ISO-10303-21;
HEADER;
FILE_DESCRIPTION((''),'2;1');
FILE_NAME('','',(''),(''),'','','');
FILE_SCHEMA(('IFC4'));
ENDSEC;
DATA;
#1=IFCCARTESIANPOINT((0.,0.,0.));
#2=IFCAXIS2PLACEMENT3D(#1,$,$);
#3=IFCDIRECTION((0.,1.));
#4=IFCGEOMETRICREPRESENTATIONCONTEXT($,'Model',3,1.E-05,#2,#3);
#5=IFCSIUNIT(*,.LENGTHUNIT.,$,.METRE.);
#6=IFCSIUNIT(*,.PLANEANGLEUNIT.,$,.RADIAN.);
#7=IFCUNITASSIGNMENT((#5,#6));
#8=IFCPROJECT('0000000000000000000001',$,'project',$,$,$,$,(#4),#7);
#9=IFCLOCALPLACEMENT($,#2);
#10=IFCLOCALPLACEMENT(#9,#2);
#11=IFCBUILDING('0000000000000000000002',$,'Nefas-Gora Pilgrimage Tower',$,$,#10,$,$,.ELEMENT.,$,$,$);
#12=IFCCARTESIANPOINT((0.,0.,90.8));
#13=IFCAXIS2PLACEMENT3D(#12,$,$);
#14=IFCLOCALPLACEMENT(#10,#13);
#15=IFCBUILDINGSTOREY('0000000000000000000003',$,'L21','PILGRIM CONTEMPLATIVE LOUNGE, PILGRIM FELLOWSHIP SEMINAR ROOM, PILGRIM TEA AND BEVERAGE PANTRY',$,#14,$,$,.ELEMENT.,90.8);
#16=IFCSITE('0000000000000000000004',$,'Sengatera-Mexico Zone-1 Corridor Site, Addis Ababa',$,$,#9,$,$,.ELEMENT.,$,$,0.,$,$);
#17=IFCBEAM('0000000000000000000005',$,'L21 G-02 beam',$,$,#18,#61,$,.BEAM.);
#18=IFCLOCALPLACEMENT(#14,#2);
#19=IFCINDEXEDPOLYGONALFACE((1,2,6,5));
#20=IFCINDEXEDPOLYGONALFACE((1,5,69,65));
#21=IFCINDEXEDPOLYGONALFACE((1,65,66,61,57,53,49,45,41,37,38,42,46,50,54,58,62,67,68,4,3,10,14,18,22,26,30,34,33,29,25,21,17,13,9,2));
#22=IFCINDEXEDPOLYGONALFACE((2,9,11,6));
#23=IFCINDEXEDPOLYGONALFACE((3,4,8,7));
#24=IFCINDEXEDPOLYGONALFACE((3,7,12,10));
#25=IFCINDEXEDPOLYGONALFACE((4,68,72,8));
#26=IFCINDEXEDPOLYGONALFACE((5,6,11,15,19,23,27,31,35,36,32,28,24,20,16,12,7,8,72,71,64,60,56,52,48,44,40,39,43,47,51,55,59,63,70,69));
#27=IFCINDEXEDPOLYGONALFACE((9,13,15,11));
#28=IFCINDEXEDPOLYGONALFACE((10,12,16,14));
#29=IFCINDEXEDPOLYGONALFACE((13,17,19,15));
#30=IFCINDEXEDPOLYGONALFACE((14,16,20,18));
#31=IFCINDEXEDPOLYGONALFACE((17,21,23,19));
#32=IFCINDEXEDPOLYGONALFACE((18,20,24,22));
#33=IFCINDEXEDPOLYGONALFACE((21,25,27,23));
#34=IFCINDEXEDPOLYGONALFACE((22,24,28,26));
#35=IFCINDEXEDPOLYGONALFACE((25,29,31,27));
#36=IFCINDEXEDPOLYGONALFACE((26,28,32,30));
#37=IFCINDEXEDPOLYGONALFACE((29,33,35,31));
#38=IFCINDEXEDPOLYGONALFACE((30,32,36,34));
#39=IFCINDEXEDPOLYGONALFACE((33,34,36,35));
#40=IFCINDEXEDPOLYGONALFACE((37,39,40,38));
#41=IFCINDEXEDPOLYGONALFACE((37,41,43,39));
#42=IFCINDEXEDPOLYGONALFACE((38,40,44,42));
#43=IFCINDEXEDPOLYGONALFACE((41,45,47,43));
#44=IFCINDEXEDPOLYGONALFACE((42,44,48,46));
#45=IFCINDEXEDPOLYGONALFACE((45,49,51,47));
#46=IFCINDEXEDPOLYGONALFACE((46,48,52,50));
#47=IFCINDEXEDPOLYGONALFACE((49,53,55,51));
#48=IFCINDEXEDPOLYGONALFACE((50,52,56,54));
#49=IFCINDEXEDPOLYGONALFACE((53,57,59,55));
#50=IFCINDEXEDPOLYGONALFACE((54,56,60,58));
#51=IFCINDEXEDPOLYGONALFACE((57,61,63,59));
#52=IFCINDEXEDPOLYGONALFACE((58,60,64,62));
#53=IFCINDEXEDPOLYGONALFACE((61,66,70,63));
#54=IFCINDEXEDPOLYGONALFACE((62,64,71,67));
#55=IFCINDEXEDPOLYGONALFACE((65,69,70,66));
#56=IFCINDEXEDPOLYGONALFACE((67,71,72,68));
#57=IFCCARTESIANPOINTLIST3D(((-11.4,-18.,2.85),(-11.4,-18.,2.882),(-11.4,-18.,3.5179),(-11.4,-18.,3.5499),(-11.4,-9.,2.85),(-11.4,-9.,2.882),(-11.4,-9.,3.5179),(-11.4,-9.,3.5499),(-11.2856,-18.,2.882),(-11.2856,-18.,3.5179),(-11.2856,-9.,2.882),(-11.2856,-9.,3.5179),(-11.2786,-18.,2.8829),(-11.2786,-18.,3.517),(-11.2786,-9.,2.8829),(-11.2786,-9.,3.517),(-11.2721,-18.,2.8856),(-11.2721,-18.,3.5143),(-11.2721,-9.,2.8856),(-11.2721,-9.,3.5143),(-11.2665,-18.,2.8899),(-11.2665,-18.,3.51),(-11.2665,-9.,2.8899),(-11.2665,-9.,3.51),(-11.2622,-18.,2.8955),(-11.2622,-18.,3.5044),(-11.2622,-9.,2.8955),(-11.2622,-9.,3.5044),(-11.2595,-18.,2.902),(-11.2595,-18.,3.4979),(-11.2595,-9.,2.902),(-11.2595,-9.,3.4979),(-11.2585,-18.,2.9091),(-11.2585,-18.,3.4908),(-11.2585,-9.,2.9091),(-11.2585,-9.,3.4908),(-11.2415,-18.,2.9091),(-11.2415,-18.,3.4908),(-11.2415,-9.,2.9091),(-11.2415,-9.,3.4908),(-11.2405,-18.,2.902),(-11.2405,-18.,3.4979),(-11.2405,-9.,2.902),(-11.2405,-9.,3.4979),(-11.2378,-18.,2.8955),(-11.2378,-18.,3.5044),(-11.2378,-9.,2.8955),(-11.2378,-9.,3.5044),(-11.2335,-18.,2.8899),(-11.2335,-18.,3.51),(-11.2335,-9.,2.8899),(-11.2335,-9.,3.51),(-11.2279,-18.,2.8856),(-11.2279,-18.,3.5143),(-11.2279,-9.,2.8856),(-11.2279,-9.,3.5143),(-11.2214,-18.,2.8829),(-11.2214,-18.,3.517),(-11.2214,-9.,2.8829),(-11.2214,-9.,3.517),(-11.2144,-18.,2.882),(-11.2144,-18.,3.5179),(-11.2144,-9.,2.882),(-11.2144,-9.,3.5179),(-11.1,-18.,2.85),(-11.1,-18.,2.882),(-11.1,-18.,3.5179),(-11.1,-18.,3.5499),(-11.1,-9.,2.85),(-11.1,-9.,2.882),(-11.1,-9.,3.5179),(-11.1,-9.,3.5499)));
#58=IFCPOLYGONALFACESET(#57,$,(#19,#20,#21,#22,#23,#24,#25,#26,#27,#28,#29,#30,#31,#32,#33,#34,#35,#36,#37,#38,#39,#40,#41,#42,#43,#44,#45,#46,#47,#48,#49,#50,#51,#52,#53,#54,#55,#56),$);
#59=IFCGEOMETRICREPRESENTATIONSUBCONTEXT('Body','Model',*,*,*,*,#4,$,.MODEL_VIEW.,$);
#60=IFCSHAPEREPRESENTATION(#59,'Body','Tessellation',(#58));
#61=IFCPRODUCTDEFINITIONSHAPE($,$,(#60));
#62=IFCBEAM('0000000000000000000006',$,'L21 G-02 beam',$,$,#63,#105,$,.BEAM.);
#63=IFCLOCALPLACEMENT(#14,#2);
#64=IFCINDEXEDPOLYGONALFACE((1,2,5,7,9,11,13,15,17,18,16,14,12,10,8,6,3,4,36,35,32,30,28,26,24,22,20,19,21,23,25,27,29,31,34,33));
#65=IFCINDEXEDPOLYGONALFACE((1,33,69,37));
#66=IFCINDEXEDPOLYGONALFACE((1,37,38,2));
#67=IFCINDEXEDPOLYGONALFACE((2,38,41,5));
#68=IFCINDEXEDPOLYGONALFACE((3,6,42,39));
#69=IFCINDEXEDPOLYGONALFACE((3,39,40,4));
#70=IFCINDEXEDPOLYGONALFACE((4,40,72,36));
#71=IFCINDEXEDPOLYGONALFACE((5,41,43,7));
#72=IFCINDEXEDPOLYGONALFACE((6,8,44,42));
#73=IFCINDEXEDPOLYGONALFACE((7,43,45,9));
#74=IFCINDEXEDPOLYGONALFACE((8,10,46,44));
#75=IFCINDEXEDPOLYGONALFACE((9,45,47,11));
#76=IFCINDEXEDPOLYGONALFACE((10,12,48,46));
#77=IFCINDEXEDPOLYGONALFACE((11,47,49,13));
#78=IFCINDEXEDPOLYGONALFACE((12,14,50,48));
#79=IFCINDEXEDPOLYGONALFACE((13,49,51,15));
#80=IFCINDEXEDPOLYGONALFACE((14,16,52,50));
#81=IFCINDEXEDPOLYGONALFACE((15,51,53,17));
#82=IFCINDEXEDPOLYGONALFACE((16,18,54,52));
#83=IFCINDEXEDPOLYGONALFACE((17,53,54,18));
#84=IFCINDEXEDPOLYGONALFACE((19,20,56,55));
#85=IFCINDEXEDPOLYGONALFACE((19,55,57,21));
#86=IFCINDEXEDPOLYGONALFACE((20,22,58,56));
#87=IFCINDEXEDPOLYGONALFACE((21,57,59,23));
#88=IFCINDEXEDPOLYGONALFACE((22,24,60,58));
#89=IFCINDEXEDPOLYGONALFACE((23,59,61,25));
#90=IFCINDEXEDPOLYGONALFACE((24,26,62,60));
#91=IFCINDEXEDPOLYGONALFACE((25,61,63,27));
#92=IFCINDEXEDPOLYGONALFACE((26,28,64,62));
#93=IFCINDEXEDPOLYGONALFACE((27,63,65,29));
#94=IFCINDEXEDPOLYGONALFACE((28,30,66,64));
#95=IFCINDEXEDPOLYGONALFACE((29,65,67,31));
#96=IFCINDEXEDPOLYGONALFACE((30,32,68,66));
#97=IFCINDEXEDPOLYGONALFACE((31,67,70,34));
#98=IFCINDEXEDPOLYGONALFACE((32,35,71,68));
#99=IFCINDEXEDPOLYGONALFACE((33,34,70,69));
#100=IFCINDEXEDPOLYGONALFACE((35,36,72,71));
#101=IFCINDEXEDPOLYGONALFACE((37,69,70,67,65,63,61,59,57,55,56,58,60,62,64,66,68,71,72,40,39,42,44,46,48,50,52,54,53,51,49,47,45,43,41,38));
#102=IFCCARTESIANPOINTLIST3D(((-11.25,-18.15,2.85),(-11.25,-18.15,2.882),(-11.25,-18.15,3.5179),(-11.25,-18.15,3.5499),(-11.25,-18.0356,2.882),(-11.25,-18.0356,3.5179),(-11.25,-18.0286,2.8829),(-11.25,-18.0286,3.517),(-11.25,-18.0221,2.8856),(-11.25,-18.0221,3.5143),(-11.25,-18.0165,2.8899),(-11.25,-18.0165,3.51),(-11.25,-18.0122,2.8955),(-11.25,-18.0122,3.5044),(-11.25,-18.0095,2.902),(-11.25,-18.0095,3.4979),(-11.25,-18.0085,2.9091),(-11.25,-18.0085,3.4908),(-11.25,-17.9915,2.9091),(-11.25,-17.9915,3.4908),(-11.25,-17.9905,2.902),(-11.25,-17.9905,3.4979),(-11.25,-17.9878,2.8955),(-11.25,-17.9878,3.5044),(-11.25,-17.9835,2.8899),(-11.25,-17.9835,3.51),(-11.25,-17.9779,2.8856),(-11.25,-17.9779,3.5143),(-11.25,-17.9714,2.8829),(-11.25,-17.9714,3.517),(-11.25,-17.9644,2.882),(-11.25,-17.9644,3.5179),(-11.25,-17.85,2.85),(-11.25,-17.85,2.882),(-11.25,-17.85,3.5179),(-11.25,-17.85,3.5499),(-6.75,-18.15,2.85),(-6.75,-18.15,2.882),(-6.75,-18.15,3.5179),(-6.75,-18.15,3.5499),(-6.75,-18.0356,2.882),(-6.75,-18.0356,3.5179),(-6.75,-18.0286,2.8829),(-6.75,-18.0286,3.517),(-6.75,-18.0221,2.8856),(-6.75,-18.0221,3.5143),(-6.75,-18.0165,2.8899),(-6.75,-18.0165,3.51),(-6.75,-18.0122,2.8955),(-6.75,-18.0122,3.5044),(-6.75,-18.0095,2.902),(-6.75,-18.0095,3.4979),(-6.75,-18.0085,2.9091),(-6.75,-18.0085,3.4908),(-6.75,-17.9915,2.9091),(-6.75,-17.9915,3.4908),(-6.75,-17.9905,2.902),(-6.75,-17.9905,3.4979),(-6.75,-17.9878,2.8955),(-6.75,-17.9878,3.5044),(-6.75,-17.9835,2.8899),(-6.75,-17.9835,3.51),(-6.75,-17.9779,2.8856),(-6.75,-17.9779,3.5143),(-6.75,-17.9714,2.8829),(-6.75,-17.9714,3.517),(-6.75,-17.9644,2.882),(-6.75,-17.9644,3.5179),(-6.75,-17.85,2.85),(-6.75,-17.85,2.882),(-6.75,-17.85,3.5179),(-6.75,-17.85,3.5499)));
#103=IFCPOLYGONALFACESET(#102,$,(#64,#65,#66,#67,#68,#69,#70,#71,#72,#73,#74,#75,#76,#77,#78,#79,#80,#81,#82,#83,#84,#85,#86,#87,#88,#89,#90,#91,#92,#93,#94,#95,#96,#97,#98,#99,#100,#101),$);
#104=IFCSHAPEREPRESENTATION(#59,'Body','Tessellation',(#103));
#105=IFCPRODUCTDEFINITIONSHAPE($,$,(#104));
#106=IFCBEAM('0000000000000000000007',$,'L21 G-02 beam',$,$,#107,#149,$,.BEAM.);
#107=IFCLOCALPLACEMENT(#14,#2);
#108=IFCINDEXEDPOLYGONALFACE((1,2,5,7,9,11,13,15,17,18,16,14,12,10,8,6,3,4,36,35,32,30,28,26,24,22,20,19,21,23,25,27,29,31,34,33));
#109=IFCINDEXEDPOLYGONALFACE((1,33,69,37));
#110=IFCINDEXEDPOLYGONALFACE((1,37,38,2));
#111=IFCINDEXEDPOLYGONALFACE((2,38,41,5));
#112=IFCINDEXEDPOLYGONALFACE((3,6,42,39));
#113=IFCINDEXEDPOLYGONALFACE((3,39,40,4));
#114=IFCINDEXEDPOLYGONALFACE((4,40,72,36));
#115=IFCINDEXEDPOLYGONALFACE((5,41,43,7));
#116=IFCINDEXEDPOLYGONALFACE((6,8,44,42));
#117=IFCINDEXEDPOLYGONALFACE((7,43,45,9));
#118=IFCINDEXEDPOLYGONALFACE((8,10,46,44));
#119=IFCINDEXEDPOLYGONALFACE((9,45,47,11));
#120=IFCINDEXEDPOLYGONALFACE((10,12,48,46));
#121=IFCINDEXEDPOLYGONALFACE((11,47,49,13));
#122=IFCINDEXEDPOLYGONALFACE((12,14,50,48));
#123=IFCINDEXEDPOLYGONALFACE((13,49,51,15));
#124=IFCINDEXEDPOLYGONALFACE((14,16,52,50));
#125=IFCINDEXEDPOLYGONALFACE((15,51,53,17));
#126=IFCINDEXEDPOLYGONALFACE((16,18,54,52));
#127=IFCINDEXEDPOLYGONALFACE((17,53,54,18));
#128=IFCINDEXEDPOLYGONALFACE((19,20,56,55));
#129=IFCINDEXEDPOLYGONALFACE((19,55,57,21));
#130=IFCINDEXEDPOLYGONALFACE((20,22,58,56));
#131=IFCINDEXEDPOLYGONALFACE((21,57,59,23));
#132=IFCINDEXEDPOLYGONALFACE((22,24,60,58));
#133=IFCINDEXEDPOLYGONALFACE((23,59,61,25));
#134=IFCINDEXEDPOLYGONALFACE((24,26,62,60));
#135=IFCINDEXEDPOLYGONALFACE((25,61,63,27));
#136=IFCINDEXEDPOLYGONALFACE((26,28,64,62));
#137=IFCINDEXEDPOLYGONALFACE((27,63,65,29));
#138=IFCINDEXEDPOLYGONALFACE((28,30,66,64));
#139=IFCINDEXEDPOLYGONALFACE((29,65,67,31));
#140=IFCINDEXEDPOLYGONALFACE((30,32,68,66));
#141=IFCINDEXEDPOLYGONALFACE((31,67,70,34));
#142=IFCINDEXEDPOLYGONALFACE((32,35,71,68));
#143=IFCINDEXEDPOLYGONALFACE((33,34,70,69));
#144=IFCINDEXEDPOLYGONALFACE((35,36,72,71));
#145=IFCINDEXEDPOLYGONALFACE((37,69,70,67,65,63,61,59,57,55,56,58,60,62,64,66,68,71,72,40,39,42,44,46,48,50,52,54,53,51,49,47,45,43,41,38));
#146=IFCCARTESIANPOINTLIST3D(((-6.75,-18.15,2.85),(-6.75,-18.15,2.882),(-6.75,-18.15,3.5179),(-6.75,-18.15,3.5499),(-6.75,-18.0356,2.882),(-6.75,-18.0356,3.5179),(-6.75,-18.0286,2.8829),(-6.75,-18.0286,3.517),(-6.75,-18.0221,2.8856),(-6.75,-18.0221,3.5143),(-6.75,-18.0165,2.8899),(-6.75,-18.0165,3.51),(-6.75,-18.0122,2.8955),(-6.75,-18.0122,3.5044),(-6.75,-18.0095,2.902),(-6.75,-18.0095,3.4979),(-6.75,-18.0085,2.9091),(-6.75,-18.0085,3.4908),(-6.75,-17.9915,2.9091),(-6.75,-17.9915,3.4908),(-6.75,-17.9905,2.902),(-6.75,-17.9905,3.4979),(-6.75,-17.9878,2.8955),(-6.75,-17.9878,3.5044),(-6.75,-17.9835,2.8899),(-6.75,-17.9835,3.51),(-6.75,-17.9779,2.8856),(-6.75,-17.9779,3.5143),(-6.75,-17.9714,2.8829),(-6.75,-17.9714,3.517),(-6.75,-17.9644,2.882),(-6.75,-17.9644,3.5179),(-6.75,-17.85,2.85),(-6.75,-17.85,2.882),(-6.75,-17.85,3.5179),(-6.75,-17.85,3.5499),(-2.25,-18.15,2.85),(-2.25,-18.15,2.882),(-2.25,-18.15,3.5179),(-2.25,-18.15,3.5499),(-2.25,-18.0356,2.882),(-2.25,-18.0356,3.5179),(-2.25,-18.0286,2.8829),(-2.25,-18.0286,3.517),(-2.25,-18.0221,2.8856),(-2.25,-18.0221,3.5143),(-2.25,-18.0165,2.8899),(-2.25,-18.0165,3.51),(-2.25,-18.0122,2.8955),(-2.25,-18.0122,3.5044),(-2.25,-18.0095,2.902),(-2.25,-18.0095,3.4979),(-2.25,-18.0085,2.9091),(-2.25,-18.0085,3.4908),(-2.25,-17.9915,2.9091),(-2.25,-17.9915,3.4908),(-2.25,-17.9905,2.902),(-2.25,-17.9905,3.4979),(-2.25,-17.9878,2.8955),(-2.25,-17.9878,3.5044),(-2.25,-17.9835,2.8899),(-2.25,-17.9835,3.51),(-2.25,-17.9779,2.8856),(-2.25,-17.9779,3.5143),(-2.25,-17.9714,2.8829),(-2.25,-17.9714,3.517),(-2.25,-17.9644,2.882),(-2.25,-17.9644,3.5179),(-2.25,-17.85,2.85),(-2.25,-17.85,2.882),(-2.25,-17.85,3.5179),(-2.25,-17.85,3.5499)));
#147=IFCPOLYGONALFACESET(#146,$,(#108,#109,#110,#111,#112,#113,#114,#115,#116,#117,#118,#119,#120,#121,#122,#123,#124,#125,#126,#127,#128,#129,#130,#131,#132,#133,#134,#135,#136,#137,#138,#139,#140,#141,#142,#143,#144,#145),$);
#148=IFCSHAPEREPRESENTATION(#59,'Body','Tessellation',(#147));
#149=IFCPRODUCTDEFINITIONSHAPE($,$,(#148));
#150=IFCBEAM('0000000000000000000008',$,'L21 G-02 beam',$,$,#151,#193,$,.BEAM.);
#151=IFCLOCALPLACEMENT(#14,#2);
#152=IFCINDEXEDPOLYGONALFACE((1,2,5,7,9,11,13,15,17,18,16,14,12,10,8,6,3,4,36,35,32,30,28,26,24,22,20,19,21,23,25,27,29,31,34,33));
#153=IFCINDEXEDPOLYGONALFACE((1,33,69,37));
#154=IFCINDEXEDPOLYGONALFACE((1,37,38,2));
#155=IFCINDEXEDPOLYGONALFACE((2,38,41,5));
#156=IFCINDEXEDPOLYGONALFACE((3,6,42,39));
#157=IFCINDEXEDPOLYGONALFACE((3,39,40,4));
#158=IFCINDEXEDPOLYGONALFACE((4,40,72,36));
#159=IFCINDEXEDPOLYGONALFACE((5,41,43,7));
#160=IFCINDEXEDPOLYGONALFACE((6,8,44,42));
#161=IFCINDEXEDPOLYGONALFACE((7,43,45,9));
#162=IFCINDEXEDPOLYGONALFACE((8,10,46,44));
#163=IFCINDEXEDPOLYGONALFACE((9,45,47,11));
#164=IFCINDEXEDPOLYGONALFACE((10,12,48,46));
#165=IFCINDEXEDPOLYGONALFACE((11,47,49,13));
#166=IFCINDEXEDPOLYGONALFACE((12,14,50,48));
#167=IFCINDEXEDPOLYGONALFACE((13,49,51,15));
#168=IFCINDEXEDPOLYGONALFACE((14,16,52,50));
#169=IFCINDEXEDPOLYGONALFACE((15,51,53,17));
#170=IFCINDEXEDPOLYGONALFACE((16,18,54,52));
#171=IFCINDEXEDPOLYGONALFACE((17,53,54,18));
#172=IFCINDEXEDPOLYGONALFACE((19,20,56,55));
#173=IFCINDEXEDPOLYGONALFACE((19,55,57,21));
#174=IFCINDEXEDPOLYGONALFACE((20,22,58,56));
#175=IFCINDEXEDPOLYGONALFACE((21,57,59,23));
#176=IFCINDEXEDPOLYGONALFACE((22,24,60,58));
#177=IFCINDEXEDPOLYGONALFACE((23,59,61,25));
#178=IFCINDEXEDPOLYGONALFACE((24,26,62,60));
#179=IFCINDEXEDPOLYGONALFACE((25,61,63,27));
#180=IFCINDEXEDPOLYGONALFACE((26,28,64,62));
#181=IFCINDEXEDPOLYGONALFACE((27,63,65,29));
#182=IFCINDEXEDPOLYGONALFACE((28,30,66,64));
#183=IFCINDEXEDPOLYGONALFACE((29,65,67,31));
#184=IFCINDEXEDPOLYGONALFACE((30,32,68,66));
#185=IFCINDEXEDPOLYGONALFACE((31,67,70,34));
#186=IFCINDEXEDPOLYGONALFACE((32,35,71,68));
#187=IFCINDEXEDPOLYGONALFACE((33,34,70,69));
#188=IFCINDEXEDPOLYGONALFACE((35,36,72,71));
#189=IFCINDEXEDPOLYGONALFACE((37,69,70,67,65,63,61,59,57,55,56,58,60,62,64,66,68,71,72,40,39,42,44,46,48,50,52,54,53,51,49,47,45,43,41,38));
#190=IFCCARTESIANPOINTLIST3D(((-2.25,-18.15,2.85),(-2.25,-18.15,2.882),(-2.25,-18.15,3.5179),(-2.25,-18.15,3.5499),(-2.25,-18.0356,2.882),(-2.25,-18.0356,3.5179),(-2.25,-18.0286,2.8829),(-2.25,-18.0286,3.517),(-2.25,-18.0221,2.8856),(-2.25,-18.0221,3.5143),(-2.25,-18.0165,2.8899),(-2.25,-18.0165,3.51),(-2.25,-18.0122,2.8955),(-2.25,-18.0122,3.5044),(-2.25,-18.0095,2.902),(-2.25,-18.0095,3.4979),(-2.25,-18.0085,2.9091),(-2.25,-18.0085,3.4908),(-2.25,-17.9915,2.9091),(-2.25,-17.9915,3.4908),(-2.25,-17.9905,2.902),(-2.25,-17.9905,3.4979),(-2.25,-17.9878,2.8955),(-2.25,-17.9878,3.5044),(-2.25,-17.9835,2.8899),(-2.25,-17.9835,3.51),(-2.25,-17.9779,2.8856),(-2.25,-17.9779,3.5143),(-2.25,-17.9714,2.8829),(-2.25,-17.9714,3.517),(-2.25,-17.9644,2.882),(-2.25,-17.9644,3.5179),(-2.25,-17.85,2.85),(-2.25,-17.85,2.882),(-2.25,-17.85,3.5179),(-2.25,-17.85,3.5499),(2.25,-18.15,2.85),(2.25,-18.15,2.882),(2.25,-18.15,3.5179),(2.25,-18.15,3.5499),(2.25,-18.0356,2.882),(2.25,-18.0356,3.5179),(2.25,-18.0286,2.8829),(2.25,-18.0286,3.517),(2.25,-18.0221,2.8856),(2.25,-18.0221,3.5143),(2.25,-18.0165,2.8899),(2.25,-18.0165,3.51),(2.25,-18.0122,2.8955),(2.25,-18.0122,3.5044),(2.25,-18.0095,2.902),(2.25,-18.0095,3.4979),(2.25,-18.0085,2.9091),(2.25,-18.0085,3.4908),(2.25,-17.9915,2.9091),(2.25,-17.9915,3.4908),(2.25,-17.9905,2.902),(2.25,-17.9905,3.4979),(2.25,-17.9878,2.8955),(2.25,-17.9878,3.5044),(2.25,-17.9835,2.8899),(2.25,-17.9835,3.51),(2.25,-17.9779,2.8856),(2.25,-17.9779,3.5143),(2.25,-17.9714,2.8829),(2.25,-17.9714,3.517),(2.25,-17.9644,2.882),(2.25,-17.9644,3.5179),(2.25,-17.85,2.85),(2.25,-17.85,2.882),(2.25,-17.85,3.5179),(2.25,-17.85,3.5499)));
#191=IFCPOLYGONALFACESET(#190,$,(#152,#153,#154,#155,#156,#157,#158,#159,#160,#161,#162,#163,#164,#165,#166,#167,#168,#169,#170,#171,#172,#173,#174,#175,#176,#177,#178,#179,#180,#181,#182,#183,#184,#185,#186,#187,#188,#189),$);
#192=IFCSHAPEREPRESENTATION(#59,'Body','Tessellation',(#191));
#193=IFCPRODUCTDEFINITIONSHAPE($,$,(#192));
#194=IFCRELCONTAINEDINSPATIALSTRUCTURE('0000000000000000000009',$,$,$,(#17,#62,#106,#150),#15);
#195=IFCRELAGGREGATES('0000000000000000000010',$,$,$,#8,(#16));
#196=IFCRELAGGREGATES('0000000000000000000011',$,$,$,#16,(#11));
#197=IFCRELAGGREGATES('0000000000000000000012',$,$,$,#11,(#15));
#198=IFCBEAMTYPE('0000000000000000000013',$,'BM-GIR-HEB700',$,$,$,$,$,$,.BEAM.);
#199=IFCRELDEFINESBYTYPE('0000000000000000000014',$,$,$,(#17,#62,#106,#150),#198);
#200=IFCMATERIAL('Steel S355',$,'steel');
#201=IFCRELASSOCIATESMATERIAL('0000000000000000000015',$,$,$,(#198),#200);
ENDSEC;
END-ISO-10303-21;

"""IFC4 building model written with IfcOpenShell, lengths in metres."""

from ifc_helpers import new_model, si_unit, direction, frame, origin, origin_2d, place, context, subcontext, project, spatial, i_section, extrude, source, transform, mapped, material, material_profile, profile_set, type_object, element, save


model = new_model("IFC4")

# Units and contexts
model_context = context("Model", 3, precision=1e-05, world=origin(), true_north=direction((0.0, 1.0)))
body_context = subcontext(model_context, "Body", "Model", "MODEL_VIEW")
ifc_project = project(units=[si_unit("LENGTHUNIT", "METRE"), si_unit("PLANEANGLEUNIT", "RADIAN")], contexts=[model_context])

# Site, building, storey
site_placement = place(None, origin())
site = spatial("IfcSite", under=ifc_project, at=site_placement, Name="Sengatera-Mexico Zone-1 Corridor Site, Addis Ababa", CompositionType="ELEMENT", RefElevation=0.0)
building_placement = place(site_placement, origin())
building = spatial("IfcBuilding", under=site, at=building_placement, Name="Nefas-Gora Pilgrimage Tower", CompositionType="ELEMENT")
storey_placement = place(building_placement, frame((0.0, 0.0, 90.8)))
storey = spatial("IfcBuildingStorey", under=building, at=storey_placement, Name="L21", Description="PILGRIM CONTEMPLATIVE LOUNGE, PILGRIM FELLOWSHIP SEMINAR ROOM, PILGRIM TEA AND BEVERAGE PANTRY", CompositionType="ELEMENT", Elevation=90.8)

# Beams
ifc_material_1 = material(Name="Steel S355", Category="steel")
ifc_material_profile_1 = material_profile(ifc_material_1, i_section(OverallWidth=0.3, OverallDepth=0.7, WebThickness=0.0171, FlangeThickness=0.032, FilletRadius=0.0271, at=origin_2d()), Name="HEB 700")
ifc_profile_set_1 = profile_set([ifc_material_profile_1], Name="Steel S355")
beam_type = type_object("IfcBeamType", Name="BM-GIR-HEB700", PredefinedType="BEAM", material=ifc_profile_set_1)
shared_shape_1 = source(origin(), body_context, "Body", "SweptSolid", [
    extrude(i_section(OverallWidth=0.3, OverallDepth=0.7, WebThickness=0.0171, FlangeThickness=0.032, FilletRadius=0.0271, at=origin_2d()), origin(), (0.0, 0.0, 1.0), 9.0),
])
beam_placement = place(storey_placement, frame((-11.25, -18.0, 3.2), z_axis=(0.0, 1.0, 0.0), x_axis=(-1.0, 0.0, 0.0)))
element("IfcBeam", 1, at=beam_placement, inside=storey, type_object=beam_type, Name="L21 G-02 beam", PredefinedType="BEAM", context=body_context, shape_type="MappedRepresentation", body=[
    mapped(shared_shape_1, transform((0.0, 0.0, 0.0), x_axis=(1.0, 0.0, 0.0), y_axis=(0.0, 1.0, 0.0), z_axis=(0.0, 0.0, 1.0), scale=1.0)),
])
shared_shape_2 = source(origin(), body_context, "Body", "SweptSolid", [
    extrude(i_section(OverallWidth=0.3, OverallDepth=0.7, WebThickness=0.0171, FlangeThickness=0.032, FilletRadius=0.0271, at=origin_2d()), origin(), (0.0, 0.0, 1.0), 4.5),
])
for number, where, z_axis, x_axis, name in (
    (2, (-11.25, -18.0, 3.2), (1.0, 0.0, 0.0), (0.0, 1.0, 0.0), "L21 G-02 beam"),
    (3, (-6.75, -18.0, 3.2), (1.0, 0.0, 0.0), (0.0, 1.0, 0.0), "L21 G-02 beam"),
    (4, (-2.25, -18.0, 3.2), (1.0, 0.0, 0.0), (0.0, 1.0, 0.0), "L21 G-02 beam"),
):
    element("IfcBeam", number, at=place(storey_placement, frame(where, z_axis=z_axis, x_axis=x_axis)), inside=storey, type_object=beam_type, Name=name, PredefinedType="BEAM", context=body_context, shape_type="MappedRepresentation", body=[
        mapped(shared_shape_2, transform((0.0, 0.0, 0.0), x_axis=(1.0, 0.0, 0.0), y_axis=(0.0, 1.0, 0.0), z_axis=(0.0, 0.0, 1.0), scale=1.0)),
    ])

save(model, "model.ifc")
